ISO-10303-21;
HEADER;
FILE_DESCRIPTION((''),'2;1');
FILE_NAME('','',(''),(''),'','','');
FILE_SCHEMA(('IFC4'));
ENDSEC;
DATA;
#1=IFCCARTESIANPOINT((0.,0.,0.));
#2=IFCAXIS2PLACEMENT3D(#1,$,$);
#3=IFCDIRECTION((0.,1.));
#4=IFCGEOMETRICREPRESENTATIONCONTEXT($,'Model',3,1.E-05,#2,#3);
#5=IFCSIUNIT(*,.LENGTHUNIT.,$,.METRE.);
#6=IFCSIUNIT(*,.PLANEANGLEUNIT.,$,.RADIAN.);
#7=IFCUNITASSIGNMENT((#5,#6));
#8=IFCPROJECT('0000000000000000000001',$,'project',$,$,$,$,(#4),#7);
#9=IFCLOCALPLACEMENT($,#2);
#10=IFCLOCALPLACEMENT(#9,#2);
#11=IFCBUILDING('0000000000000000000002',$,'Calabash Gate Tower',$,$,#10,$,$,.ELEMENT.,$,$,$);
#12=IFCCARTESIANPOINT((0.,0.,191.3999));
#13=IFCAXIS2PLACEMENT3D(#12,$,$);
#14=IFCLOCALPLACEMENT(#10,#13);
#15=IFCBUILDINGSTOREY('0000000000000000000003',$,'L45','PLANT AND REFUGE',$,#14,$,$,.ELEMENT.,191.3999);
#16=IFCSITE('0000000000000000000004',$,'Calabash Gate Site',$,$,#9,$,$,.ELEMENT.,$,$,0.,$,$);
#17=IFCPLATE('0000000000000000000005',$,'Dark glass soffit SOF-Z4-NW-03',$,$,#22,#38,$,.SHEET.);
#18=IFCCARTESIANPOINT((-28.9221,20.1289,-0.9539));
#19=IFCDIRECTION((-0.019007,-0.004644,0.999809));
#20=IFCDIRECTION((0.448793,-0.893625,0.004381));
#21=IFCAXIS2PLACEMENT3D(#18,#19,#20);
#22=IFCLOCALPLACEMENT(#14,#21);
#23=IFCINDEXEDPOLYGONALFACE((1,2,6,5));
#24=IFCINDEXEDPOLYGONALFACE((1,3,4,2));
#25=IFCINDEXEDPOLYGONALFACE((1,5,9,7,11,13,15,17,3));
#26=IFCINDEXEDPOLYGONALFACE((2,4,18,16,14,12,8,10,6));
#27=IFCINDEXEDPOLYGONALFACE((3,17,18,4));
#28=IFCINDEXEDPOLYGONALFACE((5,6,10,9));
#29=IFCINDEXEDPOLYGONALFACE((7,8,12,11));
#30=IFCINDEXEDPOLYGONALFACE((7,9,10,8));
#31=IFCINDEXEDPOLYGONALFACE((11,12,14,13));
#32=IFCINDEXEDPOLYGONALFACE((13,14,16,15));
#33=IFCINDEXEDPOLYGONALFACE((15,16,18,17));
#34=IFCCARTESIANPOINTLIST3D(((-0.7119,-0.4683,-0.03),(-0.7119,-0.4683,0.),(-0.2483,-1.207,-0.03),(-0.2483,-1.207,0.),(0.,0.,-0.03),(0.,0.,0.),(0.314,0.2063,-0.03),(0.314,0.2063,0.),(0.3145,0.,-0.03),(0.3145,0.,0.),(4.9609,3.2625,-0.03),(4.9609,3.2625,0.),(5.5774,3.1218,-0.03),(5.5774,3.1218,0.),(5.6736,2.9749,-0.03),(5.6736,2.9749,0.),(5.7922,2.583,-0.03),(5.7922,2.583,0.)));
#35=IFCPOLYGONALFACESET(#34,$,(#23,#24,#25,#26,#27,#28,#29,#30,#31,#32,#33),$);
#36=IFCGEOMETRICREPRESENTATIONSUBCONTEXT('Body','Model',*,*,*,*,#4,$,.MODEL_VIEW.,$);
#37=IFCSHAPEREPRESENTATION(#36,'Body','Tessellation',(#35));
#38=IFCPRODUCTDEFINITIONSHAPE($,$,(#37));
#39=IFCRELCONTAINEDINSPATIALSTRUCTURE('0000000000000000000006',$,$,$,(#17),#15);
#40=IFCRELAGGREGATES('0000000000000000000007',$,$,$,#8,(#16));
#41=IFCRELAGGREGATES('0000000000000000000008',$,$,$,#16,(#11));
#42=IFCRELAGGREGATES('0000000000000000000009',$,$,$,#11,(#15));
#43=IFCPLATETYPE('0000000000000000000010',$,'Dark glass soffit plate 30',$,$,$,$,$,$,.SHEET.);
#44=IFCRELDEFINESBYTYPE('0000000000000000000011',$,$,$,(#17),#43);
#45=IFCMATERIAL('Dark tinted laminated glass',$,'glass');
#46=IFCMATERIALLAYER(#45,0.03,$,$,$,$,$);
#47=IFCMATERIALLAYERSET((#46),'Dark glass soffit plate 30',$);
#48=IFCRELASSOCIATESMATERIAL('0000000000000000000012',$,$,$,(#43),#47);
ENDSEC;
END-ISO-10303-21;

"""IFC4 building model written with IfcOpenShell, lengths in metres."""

from ifc_helpers import new_model, si_unit, direction, frame, origin, place, context, subcontext, project, spatial, polyline, outline, extrude, material, layer, layer_set, type_object, element, save


model = new_model("IFC4")

# Units and contexts
model_context = context("Model", 3, precision=1e-05, world=origin(), true_north=direction((0.0, 1.0)))
body_context = subcontext(model_context, "Body", "Model", "MODEL_VIEW")
ifc_project = project(units=[si_unit("LENGTHUNIT", "METRE"), si_unit("PLANEANGLEUNIT", "RADIAN")], contexts=[model_context])

# Site, building, storey
site_placement = place(None, origin())
site = spatial("IfcSite", under=ifc_project, at=site_placement, Name="Calabash Gate Site", CompositionType="ELEMENT", RefElevation=0.0)
building_placement = place(site_placement, origin())
building = spatial("IfcBuilding", under=site, at=building_placement, Name="Calabash Gate Tower", CompositionType="ELEMENT")
storey_placement = place(building_placement, frame((0.0, 0.0, 191.3999)))
storey = spatial("IfcBuildingStorey", under=building, at=storey_placement, Name="L45", Description="PLANT AND REFUGE", CompositionType="ELEMENT", Elevation=191.3999)

# Plate
ifc_material_1 = material(Name="Dark tinted laminated glass", Category="glass")
ifc_layer_1 = layer(ifc_material_1, 0.03)
ifc_layer_set_1 = layer_set([ifc_layer_1], Name="Dark glass soffit plate 30")
plate_type_1 = type_object("IfcPlateType", Name="Dark glass soffit plate 30", PredefinedType="SHEET", material=ifc_layer_set_1)
plate_1_placement = place(storey_placement, frame((-28.9221, 20.1289, -0.9539), z_axis=(-0.019007, -0.004644, 0.999809), x_axis=(0.448793, -0.893625, 0.004381)))
element("IfcPlate", 1, at=plate_1_placement, inside=storey, type_object=plate_type_1, Name="Dark glass soffit SOF-Z4-NW-03", PredefinedType="SHEET", context=body_context, shape_type="SweptSolid", body=[
    extrude(outline(polyline([(0.0, 0.0), (0.3145, 0.0), (0.314, 0.2063), (4.9609, 3.2625), (5.5774, 3.1218), (5.6736, 2.9749), (5.7922, 2.583), (-0.2483, -1.207), (-0.7119, -0.4683), (0.0, 0.0)])), origin(), (0.0, 0.0, -1.0), 0.03),
])

save(model, "model.ifc")
